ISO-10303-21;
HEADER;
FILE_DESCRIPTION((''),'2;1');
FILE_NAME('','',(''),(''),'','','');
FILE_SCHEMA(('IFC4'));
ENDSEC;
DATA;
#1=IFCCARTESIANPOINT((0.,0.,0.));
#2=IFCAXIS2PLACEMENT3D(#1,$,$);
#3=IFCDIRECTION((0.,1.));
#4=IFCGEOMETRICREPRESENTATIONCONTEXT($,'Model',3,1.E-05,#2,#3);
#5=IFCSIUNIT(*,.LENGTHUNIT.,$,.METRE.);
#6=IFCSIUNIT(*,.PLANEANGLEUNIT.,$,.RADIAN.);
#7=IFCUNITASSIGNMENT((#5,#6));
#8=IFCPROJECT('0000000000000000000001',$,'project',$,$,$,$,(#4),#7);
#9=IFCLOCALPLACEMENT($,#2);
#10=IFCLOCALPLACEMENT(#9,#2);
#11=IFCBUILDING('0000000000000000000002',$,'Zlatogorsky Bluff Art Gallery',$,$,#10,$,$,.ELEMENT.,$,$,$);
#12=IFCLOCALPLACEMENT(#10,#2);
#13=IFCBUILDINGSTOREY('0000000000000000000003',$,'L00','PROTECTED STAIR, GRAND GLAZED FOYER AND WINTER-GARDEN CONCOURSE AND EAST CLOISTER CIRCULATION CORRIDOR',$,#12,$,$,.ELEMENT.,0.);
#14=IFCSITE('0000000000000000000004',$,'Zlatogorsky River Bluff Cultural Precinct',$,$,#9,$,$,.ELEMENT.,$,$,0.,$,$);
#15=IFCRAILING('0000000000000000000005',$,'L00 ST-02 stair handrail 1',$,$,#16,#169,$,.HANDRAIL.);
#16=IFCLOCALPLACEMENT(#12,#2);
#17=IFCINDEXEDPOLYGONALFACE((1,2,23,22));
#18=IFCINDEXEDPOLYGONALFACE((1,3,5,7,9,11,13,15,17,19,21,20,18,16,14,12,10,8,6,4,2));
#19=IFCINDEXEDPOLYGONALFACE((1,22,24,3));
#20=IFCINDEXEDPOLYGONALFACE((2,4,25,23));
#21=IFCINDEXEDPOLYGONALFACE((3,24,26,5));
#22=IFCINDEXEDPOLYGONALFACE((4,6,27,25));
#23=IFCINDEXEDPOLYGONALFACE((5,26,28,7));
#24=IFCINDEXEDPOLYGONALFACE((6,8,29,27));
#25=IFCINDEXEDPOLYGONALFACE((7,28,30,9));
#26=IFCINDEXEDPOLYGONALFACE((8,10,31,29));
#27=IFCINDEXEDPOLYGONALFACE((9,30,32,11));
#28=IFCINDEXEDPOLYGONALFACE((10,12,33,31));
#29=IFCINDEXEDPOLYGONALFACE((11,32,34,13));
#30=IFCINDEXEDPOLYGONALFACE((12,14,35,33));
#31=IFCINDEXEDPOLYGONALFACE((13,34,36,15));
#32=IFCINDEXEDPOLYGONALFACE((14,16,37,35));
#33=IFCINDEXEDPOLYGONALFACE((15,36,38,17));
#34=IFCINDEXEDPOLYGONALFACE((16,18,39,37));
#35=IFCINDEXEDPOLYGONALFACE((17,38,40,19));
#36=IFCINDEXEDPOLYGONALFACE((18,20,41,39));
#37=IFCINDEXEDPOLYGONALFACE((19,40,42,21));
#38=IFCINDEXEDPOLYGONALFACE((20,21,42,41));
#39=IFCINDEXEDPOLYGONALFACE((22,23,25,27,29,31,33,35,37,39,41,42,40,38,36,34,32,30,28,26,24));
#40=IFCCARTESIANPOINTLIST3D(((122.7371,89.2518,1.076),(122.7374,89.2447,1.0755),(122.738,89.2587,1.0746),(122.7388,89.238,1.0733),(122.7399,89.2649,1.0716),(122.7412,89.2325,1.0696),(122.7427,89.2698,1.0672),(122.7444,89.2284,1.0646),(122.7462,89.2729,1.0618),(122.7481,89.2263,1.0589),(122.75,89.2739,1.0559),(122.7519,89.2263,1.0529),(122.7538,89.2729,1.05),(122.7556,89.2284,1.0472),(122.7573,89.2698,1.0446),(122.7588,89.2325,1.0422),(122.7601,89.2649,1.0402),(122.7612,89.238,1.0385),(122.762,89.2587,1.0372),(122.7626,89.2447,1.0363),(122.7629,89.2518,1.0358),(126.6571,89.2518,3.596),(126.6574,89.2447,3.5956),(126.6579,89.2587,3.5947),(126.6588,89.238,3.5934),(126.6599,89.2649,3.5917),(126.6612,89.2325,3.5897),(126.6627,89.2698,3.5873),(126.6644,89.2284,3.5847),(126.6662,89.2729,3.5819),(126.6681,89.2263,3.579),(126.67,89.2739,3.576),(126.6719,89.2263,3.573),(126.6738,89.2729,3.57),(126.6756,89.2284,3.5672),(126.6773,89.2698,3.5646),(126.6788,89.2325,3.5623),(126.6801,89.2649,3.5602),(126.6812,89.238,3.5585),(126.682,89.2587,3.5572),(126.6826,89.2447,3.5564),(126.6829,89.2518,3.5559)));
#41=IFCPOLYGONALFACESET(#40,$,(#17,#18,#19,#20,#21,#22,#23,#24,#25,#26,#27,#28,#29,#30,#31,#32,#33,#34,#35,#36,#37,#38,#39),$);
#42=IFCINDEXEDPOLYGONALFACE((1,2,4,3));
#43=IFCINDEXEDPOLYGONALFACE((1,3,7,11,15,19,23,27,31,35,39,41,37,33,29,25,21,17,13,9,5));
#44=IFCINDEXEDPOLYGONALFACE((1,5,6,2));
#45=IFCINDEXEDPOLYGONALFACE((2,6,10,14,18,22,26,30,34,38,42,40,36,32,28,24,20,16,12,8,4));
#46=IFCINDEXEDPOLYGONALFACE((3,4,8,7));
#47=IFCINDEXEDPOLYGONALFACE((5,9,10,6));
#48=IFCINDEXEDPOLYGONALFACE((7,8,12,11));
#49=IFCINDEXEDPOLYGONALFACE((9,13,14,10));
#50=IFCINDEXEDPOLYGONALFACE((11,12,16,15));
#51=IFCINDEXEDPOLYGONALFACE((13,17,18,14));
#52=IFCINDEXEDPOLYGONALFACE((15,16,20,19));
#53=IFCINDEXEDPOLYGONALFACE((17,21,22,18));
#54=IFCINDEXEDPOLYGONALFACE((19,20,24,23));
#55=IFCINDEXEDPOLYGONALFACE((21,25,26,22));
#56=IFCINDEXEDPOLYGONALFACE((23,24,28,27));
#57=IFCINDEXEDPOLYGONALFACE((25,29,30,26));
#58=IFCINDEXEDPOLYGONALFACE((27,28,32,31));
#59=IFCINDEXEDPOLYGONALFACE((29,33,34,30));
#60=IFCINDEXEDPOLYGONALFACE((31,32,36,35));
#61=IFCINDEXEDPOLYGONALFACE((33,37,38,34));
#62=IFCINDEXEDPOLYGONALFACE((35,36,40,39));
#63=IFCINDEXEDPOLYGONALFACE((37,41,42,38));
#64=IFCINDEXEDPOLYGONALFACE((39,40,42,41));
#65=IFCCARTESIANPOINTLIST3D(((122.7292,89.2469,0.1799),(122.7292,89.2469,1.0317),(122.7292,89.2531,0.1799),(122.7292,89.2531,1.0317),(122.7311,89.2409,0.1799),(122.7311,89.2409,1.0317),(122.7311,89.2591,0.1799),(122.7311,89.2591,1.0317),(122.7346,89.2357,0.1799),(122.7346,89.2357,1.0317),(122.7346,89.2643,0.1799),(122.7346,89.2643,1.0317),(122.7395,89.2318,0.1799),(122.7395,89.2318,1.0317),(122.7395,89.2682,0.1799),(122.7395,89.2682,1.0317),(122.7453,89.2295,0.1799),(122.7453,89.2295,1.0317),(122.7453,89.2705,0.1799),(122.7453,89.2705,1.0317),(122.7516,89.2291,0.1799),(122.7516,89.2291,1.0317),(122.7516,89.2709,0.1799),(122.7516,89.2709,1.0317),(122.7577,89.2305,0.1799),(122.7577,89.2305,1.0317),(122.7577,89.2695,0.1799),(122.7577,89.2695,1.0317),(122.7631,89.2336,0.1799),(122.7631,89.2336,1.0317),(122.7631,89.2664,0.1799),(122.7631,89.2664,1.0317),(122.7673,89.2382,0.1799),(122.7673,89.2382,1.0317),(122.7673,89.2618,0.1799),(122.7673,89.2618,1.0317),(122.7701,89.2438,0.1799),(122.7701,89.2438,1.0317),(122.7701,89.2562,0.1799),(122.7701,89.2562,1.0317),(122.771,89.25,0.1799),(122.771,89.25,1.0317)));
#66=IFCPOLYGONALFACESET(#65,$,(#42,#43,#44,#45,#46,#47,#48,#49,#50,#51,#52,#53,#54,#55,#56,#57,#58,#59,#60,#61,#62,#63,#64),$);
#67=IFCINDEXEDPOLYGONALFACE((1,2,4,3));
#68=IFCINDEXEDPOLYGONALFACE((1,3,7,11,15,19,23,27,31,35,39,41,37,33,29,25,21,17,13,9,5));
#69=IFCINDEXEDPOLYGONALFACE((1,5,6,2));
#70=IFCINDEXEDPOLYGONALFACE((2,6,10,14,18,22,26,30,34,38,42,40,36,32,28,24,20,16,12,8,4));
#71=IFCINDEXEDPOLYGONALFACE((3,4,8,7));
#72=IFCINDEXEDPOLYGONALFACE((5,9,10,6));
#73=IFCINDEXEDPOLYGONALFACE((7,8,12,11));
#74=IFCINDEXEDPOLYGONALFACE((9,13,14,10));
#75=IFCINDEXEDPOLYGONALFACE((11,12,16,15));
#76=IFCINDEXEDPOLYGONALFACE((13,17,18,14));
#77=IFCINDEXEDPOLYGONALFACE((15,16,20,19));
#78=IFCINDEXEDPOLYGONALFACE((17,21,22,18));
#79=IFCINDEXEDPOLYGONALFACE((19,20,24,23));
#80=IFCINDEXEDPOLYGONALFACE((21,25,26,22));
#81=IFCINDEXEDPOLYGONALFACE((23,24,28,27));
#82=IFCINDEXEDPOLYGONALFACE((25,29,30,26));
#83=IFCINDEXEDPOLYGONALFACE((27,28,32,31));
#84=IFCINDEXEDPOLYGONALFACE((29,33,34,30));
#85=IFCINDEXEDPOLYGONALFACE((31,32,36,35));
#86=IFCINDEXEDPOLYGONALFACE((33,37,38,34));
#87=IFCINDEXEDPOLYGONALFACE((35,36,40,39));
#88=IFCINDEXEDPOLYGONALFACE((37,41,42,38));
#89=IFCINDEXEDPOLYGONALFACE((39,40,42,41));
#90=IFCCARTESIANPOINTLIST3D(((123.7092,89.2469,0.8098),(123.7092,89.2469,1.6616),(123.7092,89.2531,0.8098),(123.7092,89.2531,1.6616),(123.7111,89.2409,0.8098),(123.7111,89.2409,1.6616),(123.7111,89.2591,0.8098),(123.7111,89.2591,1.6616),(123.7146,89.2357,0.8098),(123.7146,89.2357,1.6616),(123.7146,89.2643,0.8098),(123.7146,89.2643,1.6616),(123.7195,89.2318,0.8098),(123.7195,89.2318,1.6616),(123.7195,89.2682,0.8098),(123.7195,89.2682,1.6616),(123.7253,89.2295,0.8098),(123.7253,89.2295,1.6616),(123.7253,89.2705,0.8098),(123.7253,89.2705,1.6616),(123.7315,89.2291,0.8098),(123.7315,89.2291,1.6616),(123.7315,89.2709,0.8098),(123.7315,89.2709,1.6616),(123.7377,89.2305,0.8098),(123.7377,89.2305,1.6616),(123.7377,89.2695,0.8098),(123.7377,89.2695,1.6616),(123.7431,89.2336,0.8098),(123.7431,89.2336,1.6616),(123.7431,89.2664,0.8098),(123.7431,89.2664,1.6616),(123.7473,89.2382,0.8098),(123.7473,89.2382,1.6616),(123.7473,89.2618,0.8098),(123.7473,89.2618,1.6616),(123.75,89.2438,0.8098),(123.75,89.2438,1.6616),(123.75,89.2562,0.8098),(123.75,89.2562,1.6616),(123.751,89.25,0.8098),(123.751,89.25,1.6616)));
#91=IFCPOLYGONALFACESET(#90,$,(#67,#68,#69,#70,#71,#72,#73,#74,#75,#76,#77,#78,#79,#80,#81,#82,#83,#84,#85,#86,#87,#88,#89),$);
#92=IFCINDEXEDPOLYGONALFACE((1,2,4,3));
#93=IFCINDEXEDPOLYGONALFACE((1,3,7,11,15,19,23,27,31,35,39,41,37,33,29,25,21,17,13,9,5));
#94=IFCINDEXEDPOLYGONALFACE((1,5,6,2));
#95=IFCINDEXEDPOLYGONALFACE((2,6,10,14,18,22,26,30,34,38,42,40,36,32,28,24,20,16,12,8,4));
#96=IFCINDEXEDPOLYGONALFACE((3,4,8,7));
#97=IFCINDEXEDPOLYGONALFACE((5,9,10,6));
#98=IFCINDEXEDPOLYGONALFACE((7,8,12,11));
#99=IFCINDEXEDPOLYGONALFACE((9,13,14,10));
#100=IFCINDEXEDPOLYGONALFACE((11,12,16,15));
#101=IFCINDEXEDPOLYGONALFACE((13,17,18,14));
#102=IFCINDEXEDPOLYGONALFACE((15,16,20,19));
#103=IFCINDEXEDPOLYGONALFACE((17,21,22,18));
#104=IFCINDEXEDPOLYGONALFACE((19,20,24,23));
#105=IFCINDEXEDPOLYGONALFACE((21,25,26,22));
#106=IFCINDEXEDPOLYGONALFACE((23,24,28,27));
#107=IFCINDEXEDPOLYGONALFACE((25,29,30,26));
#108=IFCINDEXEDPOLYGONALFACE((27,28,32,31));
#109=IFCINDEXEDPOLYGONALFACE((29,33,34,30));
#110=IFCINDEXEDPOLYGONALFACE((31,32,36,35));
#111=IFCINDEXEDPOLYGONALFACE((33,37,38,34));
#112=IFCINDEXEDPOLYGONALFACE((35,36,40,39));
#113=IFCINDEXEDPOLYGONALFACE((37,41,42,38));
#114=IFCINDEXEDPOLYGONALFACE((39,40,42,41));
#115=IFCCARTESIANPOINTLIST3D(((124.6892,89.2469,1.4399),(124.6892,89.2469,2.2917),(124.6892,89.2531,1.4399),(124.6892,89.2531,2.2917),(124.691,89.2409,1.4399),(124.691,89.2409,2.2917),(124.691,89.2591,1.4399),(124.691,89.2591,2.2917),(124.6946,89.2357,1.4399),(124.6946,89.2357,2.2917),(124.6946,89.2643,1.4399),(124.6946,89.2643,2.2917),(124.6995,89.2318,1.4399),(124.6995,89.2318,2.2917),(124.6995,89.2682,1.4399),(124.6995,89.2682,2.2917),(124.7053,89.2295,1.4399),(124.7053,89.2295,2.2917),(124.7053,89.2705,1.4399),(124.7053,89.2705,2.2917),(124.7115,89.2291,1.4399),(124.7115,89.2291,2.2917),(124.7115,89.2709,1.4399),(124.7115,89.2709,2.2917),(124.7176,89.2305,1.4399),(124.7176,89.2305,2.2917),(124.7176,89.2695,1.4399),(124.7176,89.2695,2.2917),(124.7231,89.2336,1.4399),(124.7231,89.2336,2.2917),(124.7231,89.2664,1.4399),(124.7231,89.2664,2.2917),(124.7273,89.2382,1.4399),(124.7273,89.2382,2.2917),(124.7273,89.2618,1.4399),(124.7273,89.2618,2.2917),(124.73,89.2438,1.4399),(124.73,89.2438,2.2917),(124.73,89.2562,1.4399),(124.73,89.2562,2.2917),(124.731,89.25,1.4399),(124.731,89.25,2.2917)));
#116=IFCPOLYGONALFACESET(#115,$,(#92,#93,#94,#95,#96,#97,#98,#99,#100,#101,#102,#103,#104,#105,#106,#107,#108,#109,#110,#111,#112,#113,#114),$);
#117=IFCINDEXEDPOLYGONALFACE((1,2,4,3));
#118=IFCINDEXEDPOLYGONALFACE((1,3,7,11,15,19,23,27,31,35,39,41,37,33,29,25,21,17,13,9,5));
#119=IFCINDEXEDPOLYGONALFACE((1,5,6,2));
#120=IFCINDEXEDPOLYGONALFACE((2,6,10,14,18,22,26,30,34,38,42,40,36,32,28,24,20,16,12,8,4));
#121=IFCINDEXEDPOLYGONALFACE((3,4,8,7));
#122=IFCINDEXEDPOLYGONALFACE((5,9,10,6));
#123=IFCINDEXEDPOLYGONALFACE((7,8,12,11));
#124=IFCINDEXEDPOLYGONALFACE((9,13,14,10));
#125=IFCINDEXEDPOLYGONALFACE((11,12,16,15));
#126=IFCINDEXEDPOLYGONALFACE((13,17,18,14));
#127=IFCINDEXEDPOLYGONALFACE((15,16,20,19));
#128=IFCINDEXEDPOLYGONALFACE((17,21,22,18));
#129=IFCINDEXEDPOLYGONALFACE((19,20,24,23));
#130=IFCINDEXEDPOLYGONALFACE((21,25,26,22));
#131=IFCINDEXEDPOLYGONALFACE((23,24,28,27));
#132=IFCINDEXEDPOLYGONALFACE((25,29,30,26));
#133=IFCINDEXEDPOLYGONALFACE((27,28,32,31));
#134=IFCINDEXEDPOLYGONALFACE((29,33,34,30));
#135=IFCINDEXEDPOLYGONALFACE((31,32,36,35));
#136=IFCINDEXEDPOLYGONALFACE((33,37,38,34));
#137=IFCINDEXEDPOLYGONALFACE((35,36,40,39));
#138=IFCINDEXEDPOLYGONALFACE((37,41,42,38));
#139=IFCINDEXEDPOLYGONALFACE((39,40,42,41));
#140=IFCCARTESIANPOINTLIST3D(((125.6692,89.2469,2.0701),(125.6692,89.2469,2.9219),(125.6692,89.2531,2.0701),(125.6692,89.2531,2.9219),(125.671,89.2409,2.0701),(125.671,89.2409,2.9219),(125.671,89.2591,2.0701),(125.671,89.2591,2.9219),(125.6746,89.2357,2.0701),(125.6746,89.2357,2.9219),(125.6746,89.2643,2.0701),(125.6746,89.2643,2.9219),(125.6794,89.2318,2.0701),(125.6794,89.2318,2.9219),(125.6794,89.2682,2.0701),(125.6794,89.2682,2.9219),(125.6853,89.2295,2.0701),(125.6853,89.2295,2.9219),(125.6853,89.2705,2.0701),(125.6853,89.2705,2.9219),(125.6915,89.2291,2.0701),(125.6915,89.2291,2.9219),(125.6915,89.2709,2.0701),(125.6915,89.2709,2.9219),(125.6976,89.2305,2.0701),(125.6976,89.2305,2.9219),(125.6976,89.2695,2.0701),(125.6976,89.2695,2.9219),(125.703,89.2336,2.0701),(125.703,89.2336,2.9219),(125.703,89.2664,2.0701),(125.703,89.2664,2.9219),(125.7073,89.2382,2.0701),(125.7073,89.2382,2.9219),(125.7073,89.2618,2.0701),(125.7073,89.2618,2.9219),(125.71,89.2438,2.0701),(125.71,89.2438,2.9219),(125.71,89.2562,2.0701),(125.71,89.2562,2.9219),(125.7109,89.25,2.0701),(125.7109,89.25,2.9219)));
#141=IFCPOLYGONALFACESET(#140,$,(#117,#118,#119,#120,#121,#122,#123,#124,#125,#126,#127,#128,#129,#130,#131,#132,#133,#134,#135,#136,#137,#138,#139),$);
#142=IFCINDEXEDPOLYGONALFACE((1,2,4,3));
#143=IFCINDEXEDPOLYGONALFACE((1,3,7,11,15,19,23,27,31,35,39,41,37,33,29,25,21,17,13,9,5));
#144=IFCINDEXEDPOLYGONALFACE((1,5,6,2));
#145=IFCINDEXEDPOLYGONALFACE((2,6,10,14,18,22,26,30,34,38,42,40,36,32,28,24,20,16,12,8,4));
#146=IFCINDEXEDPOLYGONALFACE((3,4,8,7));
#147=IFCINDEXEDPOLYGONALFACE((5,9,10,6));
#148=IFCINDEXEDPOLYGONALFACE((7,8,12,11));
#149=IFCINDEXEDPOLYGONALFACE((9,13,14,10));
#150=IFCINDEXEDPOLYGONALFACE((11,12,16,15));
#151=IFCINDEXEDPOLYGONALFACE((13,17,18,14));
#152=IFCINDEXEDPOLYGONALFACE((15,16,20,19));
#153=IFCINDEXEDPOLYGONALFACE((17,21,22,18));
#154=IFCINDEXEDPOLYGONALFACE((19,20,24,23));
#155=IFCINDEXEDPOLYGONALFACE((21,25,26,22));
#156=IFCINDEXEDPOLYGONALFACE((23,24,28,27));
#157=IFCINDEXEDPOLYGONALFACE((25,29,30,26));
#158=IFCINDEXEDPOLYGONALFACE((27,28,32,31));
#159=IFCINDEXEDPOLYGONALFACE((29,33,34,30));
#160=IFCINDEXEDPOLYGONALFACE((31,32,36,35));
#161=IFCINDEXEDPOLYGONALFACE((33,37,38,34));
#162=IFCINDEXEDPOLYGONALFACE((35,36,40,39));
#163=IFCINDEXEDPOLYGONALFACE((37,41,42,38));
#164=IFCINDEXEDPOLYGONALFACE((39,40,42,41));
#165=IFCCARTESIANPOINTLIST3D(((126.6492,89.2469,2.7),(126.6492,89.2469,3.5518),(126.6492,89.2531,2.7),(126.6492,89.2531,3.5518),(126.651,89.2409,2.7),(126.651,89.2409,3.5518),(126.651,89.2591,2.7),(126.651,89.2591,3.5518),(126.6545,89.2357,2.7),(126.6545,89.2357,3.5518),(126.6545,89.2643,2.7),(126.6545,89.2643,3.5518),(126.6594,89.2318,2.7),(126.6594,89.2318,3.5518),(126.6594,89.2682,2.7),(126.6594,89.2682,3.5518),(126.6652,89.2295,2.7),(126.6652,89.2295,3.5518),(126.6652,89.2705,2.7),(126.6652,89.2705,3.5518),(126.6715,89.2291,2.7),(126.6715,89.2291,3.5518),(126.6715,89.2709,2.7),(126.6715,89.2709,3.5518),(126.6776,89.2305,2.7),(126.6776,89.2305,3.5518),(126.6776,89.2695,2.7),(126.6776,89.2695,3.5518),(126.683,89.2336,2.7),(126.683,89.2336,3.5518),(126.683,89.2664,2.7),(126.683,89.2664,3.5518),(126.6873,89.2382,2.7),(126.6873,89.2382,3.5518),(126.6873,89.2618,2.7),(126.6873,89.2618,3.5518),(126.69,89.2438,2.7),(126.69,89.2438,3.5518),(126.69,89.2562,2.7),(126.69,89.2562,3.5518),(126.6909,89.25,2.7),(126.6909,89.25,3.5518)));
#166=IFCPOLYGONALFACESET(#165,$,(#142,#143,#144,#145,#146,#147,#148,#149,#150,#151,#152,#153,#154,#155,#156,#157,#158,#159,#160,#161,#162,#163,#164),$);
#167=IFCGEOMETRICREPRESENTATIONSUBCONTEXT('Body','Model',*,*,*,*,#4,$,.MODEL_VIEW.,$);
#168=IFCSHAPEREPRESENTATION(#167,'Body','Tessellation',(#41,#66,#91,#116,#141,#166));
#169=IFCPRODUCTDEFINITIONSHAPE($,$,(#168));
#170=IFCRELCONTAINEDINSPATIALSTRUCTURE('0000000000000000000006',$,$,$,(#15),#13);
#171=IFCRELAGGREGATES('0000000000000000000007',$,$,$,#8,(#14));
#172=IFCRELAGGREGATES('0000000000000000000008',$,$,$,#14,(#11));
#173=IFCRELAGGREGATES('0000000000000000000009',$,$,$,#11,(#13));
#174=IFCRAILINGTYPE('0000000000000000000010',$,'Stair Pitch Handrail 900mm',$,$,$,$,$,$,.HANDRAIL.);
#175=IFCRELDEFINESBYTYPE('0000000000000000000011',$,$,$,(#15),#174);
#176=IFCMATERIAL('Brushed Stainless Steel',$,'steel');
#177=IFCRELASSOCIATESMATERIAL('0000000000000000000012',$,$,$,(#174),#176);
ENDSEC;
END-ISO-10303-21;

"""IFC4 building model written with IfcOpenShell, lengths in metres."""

from ifc_helpers import new_model, si_unit, direction, frame, origin, origin_2d, place, context, subcontext, project, spatial, circle, extrude, material, type_object, element, save


model = new_model("IFC4")

# Units and contexts
model_context = context("Model", 3, precision=1e-05, world=origin(), true_north=direction((0.0, 1.0)))
body_context = subcontext(model_context, "Body", "Model", "MODEL_VIEW")
ifc_project = project(units=[si_unit("LENGTHUNIT", "METRE"), si_unit("PLANEANGLEUNIT", "RADIAN")], contexts=[model_context])

# Site, building, storey
site_placement = place(None, origin())
site = spatial("IfcSite", under=ifc_project, at=site_placement, Name="Zlatogorsky River Bluff Cultural Precinct", CompositionType="ELEMENT", RefElevation=0.0)
building_placement = place(site_placement, origin())
building = spatial("IfcBuilding", under=site, at=building_placement, Name="Zlatogorsky Bluff Art Gallery", CompositionType="ELEMENT")
storey_placement = place(building_placement, origin())
storey = spatial("IfcBuildingStorey", under=building, at=storey_placement, Name="L00", Description="PROTECTED STAIR, GRAND GLAZED FOYER AND WINTER-GARDEN CONCOURSE AND EAST CLOISTER CIRCULATION CORRIDOR", CompositionType="ELEMENT", Elevation=0.0)

# Railing
ifc_material_1 = material(Name="Brushed Stainless Steel", Category="steel")
railing_type_1 = type_object("IfcRailingType", Name="Stair Pitch Handrail 900mm", PredefinedType="HANDRAIL", material=ifc_material_1)
railing_1_placement = place(storey_placement, frame((122.75, 89.25, 0.1799)))
element("IfcRailing", 1, at=railing_1_placement, inside=storey, type_object=railing_type_1, Name="L00 ST-02 stair handrail 1", PredefinedType="HANDRAIL", context=body_context, shape_type="SweptSolid", body=[
    extrude(circle(Radius=0.0239, at=origin_2d()), frame((0.0, 0.0, 0.876), z_axis=(0.841172, 0.0, 0.540768), x_axis=(0.0, 1.0, 0.0)), (0.0, 0.0, 1.0), 4.6602),
    extrude(circle(Radius=0.021, at=origin_2d()), origin(), (0.0, 0.0, 1.0), 0.8518),
    extrude(circle(Radius=0.021, at=origin_2d()), frame((0.98, 0.0, 0.6299)), (0.0, 0.0, 1.0), 0.8518),
    extrude(circle(Radius=0.021, at=origin_2d()), frame((1.96, 0.0, 1.26)), (0.0, 0.0, 1.0), 0.8518),
    extrude(circle(Radius=0.021, at=origin_2d()), frame((2.9399, 0.0, 1.8901)), (0.0, 0.0, 1.0), 0.8518),
    extrude(circle(Radius=0.021, at=origin_2d()), frame((3.9199, 0.0, 2.52)), (0.0, 0.0, 1.0), 0.8518),
])

save(model, "model.ifc")
